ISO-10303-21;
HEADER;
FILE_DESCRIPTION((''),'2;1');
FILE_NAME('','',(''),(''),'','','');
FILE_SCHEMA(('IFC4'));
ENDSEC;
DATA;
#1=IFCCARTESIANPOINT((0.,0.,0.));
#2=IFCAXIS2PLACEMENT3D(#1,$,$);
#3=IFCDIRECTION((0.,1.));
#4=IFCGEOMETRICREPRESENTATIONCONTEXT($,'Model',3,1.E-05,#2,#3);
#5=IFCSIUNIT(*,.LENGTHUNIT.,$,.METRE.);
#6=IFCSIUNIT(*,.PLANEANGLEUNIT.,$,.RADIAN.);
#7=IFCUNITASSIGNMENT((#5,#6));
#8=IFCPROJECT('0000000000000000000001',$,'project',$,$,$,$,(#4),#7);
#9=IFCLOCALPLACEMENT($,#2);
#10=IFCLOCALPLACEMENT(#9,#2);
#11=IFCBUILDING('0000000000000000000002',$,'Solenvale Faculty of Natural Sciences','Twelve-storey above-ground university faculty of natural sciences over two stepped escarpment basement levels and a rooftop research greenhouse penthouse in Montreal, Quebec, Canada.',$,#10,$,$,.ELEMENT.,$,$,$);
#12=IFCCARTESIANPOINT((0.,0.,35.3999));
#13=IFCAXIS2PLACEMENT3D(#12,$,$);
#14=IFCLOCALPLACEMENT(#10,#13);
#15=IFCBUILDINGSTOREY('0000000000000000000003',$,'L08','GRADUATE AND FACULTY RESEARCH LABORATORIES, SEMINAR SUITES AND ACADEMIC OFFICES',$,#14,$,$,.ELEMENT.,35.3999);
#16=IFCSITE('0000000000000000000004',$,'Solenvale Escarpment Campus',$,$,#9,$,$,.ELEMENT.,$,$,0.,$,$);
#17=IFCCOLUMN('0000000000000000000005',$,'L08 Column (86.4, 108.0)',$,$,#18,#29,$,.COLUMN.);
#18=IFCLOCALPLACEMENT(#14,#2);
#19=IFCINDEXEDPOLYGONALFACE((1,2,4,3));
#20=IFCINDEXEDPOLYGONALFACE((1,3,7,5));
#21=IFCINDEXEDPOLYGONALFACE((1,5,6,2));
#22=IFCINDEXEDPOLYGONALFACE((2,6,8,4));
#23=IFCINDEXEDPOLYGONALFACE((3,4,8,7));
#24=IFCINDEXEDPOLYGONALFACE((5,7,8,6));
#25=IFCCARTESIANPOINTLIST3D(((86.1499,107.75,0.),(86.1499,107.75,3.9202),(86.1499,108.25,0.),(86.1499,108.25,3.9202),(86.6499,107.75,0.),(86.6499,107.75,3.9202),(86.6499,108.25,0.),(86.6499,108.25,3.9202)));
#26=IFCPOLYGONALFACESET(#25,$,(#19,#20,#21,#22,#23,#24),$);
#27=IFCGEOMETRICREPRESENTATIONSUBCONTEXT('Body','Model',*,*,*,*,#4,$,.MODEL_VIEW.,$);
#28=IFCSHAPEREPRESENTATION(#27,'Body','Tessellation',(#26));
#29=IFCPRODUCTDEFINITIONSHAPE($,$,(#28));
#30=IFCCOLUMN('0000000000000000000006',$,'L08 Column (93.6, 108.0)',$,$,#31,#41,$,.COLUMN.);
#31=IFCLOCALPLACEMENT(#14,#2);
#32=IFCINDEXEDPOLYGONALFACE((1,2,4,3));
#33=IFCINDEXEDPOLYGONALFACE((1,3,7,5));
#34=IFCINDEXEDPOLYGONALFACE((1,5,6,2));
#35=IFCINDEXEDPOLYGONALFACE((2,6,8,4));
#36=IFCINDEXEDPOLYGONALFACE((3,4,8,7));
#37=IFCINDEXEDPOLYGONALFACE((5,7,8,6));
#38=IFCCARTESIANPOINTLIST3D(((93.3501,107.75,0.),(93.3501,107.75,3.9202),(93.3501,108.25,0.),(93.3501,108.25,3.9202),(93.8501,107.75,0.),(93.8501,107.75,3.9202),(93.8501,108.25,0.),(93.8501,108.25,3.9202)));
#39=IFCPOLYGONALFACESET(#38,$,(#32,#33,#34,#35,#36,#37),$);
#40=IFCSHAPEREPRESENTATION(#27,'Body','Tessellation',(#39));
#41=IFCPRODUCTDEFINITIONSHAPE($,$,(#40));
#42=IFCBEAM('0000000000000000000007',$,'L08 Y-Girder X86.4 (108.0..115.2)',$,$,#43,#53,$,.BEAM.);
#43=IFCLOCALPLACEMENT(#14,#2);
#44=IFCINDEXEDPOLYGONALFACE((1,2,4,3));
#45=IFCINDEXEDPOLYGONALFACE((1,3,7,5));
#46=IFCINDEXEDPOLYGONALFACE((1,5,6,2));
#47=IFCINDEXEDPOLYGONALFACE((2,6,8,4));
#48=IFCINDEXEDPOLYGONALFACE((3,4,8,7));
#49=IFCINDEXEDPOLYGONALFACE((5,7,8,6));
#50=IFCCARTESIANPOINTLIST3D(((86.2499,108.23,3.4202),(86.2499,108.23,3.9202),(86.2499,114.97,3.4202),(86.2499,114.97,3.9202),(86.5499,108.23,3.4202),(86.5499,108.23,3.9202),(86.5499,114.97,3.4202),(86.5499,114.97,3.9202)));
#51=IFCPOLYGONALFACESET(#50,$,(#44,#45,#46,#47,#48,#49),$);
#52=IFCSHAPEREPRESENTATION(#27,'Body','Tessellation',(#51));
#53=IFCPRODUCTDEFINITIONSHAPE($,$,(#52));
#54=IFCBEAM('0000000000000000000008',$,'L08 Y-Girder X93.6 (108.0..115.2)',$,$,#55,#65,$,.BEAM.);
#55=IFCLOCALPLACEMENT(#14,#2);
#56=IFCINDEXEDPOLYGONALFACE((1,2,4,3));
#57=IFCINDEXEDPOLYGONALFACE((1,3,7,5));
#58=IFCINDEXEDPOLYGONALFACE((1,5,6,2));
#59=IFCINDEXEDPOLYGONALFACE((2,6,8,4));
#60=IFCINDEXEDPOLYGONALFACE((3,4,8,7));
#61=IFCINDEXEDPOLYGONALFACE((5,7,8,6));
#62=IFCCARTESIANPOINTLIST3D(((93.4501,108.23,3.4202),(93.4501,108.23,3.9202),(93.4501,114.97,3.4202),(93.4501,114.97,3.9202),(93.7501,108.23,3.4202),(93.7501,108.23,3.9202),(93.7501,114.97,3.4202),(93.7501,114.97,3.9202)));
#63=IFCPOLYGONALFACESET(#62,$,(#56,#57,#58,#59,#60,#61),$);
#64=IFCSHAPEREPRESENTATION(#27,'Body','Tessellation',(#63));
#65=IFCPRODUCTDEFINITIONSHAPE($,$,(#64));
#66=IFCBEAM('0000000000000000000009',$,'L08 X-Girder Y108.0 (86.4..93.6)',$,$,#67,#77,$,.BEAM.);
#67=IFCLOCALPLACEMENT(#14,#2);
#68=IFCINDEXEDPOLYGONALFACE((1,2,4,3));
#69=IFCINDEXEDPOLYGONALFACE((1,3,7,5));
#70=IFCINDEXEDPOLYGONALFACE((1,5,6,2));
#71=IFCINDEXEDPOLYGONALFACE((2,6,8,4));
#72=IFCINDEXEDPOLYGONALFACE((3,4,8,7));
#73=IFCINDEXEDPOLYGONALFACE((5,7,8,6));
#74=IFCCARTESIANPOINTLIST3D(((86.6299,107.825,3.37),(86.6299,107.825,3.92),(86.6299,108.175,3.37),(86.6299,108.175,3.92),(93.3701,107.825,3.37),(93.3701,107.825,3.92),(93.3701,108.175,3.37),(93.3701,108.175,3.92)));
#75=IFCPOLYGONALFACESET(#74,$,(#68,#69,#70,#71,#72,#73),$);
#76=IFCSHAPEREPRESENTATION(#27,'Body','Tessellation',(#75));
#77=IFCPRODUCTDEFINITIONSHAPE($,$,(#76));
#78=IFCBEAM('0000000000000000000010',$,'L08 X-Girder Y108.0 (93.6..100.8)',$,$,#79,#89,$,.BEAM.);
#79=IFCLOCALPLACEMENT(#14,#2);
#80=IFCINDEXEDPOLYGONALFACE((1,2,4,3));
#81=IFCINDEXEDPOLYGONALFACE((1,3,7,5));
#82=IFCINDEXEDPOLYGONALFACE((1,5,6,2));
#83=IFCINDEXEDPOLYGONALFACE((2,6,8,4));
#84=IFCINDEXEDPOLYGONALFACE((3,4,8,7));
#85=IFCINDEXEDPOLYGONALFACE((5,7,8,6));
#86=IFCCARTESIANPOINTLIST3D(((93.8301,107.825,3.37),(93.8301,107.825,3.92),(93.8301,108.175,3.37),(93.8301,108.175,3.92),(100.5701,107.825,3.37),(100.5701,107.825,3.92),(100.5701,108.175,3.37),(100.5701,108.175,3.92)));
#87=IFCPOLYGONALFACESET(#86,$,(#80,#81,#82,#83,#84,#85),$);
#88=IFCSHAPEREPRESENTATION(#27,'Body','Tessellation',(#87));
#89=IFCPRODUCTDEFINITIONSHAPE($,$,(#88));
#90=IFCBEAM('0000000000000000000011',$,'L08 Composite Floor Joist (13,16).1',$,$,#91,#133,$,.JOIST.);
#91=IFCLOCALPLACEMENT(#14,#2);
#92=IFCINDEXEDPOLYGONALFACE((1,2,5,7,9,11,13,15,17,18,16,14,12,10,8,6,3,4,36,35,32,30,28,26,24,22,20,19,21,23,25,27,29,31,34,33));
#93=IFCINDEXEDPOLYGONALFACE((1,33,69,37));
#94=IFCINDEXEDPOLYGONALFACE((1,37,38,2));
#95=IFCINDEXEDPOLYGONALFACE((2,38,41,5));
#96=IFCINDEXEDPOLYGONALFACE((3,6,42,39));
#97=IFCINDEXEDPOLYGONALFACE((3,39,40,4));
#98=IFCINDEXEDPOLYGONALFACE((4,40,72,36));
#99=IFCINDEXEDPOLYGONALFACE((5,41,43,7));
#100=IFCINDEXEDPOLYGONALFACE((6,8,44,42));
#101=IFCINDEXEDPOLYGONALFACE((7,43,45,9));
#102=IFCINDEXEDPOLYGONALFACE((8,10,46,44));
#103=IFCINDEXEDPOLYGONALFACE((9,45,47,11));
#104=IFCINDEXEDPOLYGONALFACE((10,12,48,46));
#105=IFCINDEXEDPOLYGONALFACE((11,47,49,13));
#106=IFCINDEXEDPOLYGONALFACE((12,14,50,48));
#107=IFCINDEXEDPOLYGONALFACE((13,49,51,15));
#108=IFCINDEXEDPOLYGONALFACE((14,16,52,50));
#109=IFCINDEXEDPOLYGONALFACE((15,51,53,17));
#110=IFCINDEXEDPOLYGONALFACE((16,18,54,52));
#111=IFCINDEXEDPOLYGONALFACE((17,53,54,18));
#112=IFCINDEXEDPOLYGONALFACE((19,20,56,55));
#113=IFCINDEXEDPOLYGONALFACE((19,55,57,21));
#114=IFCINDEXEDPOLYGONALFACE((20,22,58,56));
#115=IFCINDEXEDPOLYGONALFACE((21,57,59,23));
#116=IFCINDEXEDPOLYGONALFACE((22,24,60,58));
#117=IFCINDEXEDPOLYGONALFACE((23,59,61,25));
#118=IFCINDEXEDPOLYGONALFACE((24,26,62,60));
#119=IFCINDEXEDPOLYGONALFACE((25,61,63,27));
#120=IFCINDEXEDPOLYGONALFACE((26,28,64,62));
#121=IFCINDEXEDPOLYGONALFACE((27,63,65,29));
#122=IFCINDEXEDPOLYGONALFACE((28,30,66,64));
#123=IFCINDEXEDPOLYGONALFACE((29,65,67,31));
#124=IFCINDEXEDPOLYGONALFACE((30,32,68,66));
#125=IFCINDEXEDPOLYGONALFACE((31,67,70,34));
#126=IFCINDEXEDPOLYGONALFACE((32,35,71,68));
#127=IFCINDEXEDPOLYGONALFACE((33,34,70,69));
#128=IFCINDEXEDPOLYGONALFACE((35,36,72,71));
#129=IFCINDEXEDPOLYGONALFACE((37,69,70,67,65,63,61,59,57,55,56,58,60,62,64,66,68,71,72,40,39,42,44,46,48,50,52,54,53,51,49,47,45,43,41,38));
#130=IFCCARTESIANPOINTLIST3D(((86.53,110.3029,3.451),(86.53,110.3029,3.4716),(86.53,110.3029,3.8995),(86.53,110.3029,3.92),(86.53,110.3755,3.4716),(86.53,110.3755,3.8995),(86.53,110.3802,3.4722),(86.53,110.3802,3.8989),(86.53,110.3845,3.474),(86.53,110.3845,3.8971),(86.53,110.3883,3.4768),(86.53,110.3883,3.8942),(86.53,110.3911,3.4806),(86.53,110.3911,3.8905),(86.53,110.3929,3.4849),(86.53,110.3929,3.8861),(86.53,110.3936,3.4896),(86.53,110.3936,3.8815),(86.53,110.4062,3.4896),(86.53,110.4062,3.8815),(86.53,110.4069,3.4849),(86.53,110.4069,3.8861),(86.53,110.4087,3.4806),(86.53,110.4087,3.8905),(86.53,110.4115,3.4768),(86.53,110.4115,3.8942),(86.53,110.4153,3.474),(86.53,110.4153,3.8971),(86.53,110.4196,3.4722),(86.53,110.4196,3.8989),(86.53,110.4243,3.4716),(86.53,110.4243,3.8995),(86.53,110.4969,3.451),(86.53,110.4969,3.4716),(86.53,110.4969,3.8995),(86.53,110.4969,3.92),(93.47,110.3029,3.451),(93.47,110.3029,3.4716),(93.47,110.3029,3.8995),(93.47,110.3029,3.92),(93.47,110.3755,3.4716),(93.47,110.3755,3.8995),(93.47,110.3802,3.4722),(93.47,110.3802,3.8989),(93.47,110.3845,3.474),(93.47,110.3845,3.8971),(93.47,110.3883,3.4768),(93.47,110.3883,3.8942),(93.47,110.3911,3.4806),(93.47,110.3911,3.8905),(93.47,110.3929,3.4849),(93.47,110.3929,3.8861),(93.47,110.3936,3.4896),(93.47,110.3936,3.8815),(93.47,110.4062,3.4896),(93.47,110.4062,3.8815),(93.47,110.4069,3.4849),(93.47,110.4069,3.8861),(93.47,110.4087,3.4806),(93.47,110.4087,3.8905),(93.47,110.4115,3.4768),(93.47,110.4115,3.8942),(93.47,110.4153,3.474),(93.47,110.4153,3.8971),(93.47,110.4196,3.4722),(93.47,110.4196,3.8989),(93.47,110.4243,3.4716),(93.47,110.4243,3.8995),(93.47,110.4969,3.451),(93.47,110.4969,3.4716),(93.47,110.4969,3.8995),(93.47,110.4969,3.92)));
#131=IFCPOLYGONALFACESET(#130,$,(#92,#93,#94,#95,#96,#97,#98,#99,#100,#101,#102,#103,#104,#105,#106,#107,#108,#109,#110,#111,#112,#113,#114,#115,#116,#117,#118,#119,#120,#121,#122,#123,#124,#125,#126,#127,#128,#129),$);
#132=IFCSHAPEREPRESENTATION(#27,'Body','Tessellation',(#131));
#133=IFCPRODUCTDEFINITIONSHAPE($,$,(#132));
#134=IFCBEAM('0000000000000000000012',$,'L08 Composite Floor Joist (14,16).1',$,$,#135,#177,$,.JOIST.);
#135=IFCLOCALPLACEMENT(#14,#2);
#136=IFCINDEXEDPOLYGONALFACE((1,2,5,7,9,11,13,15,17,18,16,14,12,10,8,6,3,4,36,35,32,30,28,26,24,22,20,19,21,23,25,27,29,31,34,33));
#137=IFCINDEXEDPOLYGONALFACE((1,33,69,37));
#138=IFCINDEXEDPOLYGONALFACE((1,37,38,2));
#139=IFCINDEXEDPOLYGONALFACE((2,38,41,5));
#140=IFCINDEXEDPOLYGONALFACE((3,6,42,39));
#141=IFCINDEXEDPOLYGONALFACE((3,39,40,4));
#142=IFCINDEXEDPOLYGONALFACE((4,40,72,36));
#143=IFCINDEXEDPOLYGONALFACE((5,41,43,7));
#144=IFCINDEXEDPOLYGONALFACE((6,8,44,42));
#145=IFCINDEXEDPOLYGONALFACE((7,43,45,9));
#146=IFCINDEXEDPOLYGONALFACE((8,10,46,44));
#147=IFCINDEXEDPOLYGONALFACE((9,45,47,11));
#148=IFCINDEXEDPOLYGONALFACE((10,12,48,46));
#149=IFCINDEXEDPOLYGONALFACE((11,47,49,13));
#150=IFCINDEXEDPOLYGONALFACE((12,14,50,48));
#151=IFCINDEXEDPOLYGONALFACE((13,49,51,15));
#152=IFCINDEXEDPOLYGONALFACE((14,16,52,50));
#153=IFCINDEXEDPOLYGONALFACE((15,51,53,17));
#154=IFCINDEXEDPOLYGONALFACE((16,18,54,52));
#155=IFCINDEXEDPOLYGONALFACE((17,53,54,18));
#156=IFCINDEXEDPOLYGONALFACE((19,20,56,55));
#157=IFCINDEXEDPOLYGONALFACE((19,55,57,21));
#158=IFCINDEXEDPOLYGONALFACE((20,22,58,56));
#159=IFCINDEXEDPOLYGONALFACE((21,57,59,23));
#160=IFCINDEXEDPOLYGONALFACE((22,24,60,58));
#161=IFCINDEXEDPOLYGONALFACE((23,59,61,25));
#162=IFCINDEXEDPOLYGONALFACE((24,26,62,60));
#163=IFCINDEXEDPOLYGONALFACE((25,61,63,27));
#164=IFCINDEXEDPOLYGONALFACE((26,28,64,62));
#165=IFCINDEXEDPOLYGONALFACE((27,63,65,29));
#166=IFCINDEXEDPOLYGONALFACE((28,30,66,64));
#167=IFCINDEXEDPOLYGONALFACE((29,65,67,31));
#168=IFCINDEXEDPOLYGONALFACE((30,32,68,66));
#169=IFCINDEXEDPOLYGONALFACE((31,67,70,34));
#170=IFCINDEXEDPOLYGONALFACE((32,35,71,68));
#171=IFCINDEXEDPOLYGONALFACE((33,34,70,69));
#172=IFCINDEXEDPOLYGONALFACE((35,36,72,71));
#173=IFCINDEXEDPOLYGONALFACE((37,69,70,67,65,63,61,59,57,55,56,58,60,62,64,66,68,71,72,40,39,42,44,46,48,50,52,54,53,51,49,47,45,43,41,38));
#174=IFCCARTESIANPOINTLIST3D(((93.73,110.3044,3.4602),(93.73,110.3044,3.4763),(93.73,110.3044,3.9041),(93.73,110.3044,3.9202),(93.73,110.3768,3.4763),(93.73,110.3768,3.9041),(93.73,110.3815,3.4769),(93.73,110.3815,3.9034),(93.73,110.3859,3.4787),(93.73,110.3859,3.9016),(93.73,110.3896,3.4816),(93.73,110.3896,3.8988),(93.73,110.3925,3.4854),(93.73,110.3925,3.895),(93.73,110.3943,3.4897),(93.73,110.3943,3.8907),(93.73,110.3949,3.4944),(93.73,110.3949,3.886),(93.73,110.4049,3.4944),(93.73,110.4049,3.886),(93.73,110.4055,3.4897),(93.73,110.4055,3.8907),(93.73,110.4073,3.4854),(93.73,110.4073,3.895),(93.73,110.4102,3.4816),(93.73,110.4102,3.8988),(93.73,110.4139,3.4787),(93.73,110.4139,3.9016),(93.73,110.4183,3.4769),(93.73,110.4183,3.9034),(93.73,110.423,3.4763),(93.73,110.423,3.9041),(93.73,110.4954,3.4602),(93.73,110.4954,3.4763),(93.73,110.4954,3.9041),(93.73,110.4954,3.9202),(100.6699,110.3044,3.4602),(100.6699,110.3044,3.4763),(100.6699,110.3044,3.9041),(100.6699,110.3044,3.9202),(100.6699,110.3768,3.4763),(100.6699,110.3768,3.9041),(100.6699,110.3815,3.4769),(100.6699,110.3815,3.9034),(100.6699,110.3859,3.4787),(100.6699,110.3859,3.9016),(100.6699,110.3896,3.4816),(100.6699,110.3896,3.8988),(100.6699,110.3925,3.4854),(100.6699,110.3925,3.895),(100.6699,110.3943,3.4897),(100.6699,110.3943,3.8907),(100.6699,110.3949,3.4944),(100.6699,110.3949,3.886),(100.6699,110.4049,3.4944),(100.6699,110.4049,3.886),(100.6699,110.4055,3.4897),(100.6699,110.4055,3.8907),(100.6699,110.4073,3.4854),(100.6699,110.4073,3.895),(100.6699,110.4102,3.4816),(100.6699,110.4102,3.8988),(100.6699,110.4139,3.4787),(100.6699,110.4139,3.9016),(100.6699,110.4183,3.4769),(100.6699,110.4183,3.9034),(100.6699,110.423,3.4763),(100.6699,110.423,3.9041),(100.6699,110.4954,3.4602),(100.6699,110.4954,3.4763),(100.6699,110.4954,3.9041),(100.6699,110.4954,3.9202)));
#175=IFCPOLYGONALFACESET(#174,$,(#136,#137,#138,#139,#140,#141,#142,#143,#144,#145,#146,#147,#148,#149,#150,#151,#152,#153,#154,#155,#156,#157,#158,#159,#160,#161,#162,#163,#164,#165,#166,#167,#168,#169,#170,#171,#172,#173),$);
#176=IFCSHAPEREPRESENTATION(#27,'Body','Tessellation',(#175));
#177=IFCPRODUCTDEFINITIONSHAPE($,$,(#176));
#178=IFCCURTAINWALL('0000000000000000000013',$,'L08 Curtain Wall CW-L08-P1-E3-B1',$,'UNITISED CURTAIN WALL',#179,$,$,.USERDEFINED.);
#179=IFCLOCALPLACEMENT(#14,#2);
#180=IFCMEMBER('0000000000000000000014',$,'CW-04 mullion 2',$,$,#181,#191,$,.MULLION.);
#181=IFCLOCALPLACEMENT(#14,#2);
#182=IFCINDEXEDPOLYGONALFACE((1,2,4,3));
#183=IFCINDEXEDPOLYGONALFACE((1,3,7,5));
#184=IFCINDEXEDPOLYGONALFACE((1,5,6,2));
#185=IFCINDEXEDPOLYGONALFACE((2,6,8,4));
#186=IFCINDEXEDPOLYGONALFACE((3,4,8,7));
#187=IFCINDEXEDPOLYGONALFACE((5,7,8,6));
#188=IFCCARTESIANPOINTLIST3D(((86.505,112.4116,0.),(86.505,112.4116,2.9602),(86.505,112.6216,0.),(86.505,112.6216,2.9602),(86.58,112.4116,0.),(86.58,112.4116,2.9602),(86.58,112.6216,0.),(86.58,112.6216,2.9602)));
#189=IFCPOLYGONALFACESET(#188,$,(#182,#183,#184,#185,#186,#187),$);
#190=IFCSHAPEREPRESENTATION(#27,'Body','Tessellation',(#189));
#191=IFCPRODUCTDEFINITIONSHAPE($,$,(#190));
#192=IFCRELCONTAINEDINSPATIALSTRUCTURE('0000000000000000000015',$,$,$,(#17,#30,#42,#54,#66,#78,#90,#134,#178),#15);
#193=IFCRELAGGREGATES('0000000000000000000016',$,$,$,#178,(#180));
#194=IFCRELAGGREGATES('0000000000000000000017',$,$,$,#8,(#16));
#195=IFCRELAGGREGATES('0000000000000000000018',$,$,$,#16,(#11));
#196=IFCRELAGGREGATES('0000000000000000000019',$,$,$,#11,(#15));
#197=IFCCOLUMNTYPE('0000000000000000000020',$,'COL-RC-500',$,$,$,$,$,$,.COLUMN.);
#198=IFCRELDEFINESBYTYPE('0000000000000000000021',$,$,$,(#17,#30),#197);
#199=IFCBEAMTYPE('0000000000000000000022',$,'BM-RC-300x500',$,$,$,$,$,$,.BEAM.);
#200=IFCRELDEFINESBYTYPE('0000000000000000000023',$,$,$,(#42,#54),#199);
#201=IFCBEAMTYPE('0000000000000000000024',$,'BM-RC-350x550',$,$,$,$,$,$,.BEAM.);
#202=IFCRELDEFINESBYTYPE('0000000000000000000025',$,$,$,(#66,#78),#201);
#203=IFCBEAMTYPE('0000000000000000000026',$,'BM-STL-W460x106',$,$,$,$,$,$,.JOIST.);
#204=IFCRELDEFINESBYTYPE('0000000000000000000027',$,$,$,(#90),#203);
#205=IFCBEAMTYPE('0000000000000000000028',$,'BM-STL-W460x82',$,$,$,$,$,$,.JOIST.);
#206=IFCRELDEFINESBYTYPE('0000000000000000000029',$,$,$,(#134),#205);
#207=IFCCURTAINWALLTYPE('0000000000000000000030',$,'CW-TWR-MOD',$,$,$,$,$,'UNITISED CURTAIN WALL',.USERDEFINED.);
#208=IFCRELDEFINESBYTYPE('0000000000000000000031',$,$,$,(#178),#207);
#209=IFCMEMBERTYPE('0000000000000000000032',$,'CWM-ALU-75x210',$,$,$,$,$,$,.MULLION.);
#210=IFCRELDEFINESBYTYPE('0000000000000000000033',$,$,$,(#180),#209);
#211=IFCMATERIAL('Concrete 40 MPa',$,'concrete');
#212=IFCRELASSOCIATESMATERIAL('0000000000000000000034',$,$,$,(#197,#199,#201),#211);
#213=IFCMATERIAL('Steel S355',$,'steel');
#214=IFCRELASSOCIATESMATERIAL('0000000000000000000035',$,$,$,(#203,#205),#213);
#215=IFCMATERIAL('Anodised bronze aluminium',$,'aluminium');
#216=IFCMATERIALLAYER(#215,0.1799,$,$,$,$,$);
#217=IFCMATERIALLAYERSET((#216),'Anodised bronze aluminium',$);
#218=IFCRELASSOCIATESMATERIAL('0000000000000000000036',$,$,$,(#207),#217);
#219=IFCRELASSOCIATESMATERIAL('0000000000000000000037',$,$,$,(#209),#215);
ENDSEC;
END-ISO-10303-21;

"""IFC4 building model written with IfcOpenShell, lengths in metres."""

from ifc_helpers import new_model, si_unit, direction, frame, origin, origin_2d, place, context, subcontext, project, spatial, rectangle, i_section, extrude, material, layer, layer_set, material_profile, profile_set, type_object, element, aggregate, save


model = new_model("IFC4")

# Units and contexts
model_context = context("Model", 3, precision=1e-05, world=origin(), true_north=direction((0.0, 1.0)))
body_context = subcontext(model_context, "Body", "Model", "MODEL_VIEW")
ifc_project = project(units=[si_unit("LENGTHUNIT", "METRE"), si_unit("PLANEANGLEUNIT", "RADIAN")], contexts=[model_context])

# Site, building, storey
site_placement = place(None, origin())
site = spatial("IfcSite", under=ifc_project, at=site_placement, Name="Solenvale Escarpment Campus", CompositionType="ELEMENT", RefElevation=0.0)
building_placement = place(site_placement, origin())
building = spatial("IfcBuilding", under=site, at=building_placement, Name="Solenvale Faculty of Natural Sciences", Description="Twelve-storey above-ground university faculty of natural sciences over two stepped escarpment basement levels and a rooftop research greenhouse penthouse in Montreal, Quebec, Canada.", CompositionType="ELEMENT")
storey_placement = place(building_placement, frame((0.0, 0.0, 35.3999)))
storey = spatial("IfcBuildingStorey", under=building, at=storey_placement, Name="L08", Description="GRADUATE AND FACULTY RESEARCH LABORATORIES, SEMINAR SUITES AND ACADEMIC OFFICES", CompositionType="ELEMENT", Elevation=35.3999)

# Columns
ifc_material_1 = material(Name="Concrete 40 MPa", Category="concrete")
ifc_material_profile_1 = material_profile(ifc_material_1, rectangle(XDim=0.5, YDim=0.5, at=origin_2d()), Name="RC-COL-500x500")
ifc_profile_set_1 = profile_set([ifc_material_profile_1], Name="Concrete 40 MPa")
column_type = type_object("IfcColumnType", Name="COL-RC-500", PredefinedType="COLUMN", material=ifc_profile_set_1)
for number, where, z_axis, x_axis, name in (
    (1, (86.3999, 108.0, 0.0), (0.0, 0.0, 1.0), (1.0, 0.0, 0.0), "L08 Column (86.4, 108.0)"),
    (2, (93.6001, 108.0, 0.0), (0.0, 0.0, 1.0), (1.0, 0.0, 0.0), "L08 Column (93.6, 108.0)"),
):
    element("IfcColumn", number, at=place(storey_placement, frame(where, z_axis=z_axis, x_axis=x_axis)), inside=storey, type_object=column_type, Name=name, PredefinedType="COLUMN", context=body_context, shape_type="SweptSolid", body=[
        extrude(rectangle(XDim=0.5, YDim=0.5, at=origin_2d()), origin(), (0.0, 0.0, 1.0), 3.9202),
    ])

# Beams
ifc_material_profile_2 = material_profile(ifc_material_1, rectangle(XDim=0.3, YDim=0.5, at=origin_2d()), Name="RC-BM-300x500")
ifc_profile_set_2 = profile_set([ifc_material_profile_2], Name="Concrete 40 MPa")
beam_type_1 = type_object("IfcBeamType", Name="BM-RC-300x500", PredefinedType="BEAM", material=ifc_profile_set_2)
for number, where, z_axis, x_axis, name in (
    (3, (86.3999, 108.23, 3.6702), (0.0, 1.0, 0.0), (-1.0, 0.0, 0.0), "L08 Y-Girder X86.4 (108.0..115.2)"),
    (4, (93.6001, 108.23, 3.6702), (0.0, 1.0, 0.0), (-1.0, 0.0, 0.0), "L08 Y-Girder X93.6 (108.0..115.2)"),
):
    element("IfcBeam", number, at=place(storey_placement, frame(where, z_axis=z_axis, x_axis=x_axis)), inside=storey, type_object=beam_type_1, Name=name, PredefinedType="BEAM", context=body_context, shape_type="SweptSolid", body=[
        extrude(rectangle(XDim=0.3, YDim=0.5, at=origin_2d()), origin(), (0.0, 0.0, 1.0), 6.74),
    ])
ifc_material_profile_3 = material_profile(ifc_material_1, rectangle(XDim=0.3501, YDim=0.55, at=origin_2d()), Name="RC-BM-350x550")
ifc_profile_set_3 = profile_set([ifc_material_profile_3], Name="Concrete 40 MPa")
beam_type_2 = type_object("IfcBeamType", Name="BM-RC-350x550", PredefinedType="BEAM", material=ifc_profile_set_3)
beam_1_placement = place(storey_placement, frame((86.6299, 108.0, 3.645), z_axis=(1.0, 0.0, 0.0), x_axis=(0.0, 1.0, 0.0)))
element("IfcBeam", 5, at=beam_1_placement, inside=storey, type_object=beam_type_2, Name="L08 X-Girder Y108.0 (86.4..93.6)", PredefinedType="BEAM", context=body_context, shape_type="SweptSolid", body=[
    extrude(rectangle(XDim=0.3501, YDim=0.55, at=origin_2d()), origin(), (0.0, 0.0, 1.0), 6.7402),
])
beam_2_placement = place(storey_placement, frame((93.8301, 108.0, 3.645), z_axis=(1.0, 0.0, 0.0), x_axis=(0.0, 1.0, 0.0)))
element("IfcBeam", 6, at=beam_2_placement, inside=storey, type_object=beam_type_2, Name="L08 X-Girder Y108.0 (93.6..100.8)", PredefinedType="BEAM", context=body_context, shape_type="SweptSolid", body=[
    extrude(rectangle(XDim=0.3501, YDim=0.55, at=origin_2d()), origin(), (0.0, 0.0, 1.0), 6.74),
])
ifc_material_2 = material(Name="Steel S355", Category="steel")
ifc_material_profile_4 = material_profile(ifc_material_2, i_section(OverallWidth=0.1941, OverallDepth=0.469, WebThickness=0.0127, FlangeThickness=0.0205, FilletRadius=0.0181, at=origin_2d()), Name="W460x106")
ifc_profile_set_4 = profile_set([ifc_material_profile_4], Name="Steel S355")
beam_type_3 = type_object("IfcBeamType", Name="BM-STL-W460x106", PredefinedType="JOIST", material=ifc_profile_set_4)
beam_3_placement = place(storey_placement, frame((86.53, 110.3999, 3.6855), z_axis=(1.0, 0.0, 0.0), x_axis=(0.0, 1.0, 0.0)))
element("IfcBeam", 7, at=beam_3_placement, inside=storey, type_object=beam_type_3, Name="L08 Composite Floor Joist (13,16).1", PredefinedType="JOIST", context=body_context, shape_type="SweptSolid", body=[
    extrude(i_section(OverallWidth=0.1941, OverallDepth=0.469, WebThickness=0.0127, FlangeThickness=0.0205, FilletRadius=0.0181, at=origin_2d()), origin(), (0.0, 0.0, 1.0), 6.9399),
])
ifc_material_profile_5 = material_profile(ifc_material_2, i_section(OverallWidth=0.1909, OverallDepth=0.46, WebThickness=0.01, FlangeThickness=0.0161, FilletRadius=0.0181, at=origin_2d()), Name="W460x82")
ifc_profile_set_5 = profile_set([ifc_material_profile_5], Name="Steel S355")
beam_type_4 = type_object("IfcBeamType", Name="BM-STL-W460x82", PredefinedType="JOIST", material=ifc_profile_set_5)
beam_4_placement = place(storey_placement, frame((93.73, 110.3999, 3.6902), z_axis=(1.0, 0.0, 0.0), x_axis=(0.0, 1.0, 0.0)))
element("IfcBeam", 8, at=beam_4_placement, inside=storey, type_object=beam_type_4, Name="L08 Composite Floor Joist (14,16).1", PredefinedType="JOIST", context=body_context, shape_type="SweptSolid", body=[
    extrude(i_section(OverallWidth=0.1909, OverallDepth=0.46, WebThickness=0.01, FlangeThickness=0.0161, FilletRadius=0.0181, at=origin_2d()), origin(), (0.0, 0.0, 1.0), 6.9399),
])

# Curtain wall, member
ifc_material_3 = material(Name="Anodised bronze aluminium", Category="aluminium")
ifc_layer_1 = layer(ifc_material_3, 0.1799)
ifc_layer_set_1 = layer_set([ifc_layer_1], Name="Anodised bronze aluminium")
curtain_wall_type = type_object("IfcCurtainWallType", Name="CW-TWR-MOD", ElementType="UNITISED CURTAIN WALL", PredefinedType="USERDEFINED", material=ifc_layer_set_1)
curtain_wall_placement = place(storey_placement, origin())
curtain_wall = element("IfcCurtainWall", 9, at=curtain_wall_placement, inside=storey, type_object=curtain_wall_type, Name="L08 Curtain Wall CW-L08-P1-E3-B1", ObjectType="UNITISED CURTAIN WALL", PredefinedType="USERDEFINED")
ifc_material_profile_6 = material_profile(ifc_material_3, rectangle(XDim=0.075, YDim=0.21, at=origin_2d()), Name="ALU-MUL-75x210")
ifc_profile_set_6 = profile_set([ifc_material_profile_6], Name="Anodised bronze aluminium")
member_type_1 = type_object("IfcMemberType", Name="CWM-ALU-75x210", PredefinedType="MULLION", material=ifc_profile_set_6)
member_1_placement = place(storey_placement, frame((86.5425, 112.5166, 0.0), z_axis=(0.0, 0.0, 1.0), x_axis=(1.0, 0.0, 0.0)))
member_1 = element("IfcMember", 10, at=member_1_placement, type_object=member_type_1, Name="CW-04 mullion 2", PredefinedType="MULLION", context=body_context, shape_type="SweptSolid", body=[
    extrude(rectangle(XDim=0.075, YDim=0.21, at=origin_2d()), origin(), (0.0, 0.0, 1.0), 2.9602),
])
aggregate(curtain_wall, [member_1])

save(model, "model.ifc")
